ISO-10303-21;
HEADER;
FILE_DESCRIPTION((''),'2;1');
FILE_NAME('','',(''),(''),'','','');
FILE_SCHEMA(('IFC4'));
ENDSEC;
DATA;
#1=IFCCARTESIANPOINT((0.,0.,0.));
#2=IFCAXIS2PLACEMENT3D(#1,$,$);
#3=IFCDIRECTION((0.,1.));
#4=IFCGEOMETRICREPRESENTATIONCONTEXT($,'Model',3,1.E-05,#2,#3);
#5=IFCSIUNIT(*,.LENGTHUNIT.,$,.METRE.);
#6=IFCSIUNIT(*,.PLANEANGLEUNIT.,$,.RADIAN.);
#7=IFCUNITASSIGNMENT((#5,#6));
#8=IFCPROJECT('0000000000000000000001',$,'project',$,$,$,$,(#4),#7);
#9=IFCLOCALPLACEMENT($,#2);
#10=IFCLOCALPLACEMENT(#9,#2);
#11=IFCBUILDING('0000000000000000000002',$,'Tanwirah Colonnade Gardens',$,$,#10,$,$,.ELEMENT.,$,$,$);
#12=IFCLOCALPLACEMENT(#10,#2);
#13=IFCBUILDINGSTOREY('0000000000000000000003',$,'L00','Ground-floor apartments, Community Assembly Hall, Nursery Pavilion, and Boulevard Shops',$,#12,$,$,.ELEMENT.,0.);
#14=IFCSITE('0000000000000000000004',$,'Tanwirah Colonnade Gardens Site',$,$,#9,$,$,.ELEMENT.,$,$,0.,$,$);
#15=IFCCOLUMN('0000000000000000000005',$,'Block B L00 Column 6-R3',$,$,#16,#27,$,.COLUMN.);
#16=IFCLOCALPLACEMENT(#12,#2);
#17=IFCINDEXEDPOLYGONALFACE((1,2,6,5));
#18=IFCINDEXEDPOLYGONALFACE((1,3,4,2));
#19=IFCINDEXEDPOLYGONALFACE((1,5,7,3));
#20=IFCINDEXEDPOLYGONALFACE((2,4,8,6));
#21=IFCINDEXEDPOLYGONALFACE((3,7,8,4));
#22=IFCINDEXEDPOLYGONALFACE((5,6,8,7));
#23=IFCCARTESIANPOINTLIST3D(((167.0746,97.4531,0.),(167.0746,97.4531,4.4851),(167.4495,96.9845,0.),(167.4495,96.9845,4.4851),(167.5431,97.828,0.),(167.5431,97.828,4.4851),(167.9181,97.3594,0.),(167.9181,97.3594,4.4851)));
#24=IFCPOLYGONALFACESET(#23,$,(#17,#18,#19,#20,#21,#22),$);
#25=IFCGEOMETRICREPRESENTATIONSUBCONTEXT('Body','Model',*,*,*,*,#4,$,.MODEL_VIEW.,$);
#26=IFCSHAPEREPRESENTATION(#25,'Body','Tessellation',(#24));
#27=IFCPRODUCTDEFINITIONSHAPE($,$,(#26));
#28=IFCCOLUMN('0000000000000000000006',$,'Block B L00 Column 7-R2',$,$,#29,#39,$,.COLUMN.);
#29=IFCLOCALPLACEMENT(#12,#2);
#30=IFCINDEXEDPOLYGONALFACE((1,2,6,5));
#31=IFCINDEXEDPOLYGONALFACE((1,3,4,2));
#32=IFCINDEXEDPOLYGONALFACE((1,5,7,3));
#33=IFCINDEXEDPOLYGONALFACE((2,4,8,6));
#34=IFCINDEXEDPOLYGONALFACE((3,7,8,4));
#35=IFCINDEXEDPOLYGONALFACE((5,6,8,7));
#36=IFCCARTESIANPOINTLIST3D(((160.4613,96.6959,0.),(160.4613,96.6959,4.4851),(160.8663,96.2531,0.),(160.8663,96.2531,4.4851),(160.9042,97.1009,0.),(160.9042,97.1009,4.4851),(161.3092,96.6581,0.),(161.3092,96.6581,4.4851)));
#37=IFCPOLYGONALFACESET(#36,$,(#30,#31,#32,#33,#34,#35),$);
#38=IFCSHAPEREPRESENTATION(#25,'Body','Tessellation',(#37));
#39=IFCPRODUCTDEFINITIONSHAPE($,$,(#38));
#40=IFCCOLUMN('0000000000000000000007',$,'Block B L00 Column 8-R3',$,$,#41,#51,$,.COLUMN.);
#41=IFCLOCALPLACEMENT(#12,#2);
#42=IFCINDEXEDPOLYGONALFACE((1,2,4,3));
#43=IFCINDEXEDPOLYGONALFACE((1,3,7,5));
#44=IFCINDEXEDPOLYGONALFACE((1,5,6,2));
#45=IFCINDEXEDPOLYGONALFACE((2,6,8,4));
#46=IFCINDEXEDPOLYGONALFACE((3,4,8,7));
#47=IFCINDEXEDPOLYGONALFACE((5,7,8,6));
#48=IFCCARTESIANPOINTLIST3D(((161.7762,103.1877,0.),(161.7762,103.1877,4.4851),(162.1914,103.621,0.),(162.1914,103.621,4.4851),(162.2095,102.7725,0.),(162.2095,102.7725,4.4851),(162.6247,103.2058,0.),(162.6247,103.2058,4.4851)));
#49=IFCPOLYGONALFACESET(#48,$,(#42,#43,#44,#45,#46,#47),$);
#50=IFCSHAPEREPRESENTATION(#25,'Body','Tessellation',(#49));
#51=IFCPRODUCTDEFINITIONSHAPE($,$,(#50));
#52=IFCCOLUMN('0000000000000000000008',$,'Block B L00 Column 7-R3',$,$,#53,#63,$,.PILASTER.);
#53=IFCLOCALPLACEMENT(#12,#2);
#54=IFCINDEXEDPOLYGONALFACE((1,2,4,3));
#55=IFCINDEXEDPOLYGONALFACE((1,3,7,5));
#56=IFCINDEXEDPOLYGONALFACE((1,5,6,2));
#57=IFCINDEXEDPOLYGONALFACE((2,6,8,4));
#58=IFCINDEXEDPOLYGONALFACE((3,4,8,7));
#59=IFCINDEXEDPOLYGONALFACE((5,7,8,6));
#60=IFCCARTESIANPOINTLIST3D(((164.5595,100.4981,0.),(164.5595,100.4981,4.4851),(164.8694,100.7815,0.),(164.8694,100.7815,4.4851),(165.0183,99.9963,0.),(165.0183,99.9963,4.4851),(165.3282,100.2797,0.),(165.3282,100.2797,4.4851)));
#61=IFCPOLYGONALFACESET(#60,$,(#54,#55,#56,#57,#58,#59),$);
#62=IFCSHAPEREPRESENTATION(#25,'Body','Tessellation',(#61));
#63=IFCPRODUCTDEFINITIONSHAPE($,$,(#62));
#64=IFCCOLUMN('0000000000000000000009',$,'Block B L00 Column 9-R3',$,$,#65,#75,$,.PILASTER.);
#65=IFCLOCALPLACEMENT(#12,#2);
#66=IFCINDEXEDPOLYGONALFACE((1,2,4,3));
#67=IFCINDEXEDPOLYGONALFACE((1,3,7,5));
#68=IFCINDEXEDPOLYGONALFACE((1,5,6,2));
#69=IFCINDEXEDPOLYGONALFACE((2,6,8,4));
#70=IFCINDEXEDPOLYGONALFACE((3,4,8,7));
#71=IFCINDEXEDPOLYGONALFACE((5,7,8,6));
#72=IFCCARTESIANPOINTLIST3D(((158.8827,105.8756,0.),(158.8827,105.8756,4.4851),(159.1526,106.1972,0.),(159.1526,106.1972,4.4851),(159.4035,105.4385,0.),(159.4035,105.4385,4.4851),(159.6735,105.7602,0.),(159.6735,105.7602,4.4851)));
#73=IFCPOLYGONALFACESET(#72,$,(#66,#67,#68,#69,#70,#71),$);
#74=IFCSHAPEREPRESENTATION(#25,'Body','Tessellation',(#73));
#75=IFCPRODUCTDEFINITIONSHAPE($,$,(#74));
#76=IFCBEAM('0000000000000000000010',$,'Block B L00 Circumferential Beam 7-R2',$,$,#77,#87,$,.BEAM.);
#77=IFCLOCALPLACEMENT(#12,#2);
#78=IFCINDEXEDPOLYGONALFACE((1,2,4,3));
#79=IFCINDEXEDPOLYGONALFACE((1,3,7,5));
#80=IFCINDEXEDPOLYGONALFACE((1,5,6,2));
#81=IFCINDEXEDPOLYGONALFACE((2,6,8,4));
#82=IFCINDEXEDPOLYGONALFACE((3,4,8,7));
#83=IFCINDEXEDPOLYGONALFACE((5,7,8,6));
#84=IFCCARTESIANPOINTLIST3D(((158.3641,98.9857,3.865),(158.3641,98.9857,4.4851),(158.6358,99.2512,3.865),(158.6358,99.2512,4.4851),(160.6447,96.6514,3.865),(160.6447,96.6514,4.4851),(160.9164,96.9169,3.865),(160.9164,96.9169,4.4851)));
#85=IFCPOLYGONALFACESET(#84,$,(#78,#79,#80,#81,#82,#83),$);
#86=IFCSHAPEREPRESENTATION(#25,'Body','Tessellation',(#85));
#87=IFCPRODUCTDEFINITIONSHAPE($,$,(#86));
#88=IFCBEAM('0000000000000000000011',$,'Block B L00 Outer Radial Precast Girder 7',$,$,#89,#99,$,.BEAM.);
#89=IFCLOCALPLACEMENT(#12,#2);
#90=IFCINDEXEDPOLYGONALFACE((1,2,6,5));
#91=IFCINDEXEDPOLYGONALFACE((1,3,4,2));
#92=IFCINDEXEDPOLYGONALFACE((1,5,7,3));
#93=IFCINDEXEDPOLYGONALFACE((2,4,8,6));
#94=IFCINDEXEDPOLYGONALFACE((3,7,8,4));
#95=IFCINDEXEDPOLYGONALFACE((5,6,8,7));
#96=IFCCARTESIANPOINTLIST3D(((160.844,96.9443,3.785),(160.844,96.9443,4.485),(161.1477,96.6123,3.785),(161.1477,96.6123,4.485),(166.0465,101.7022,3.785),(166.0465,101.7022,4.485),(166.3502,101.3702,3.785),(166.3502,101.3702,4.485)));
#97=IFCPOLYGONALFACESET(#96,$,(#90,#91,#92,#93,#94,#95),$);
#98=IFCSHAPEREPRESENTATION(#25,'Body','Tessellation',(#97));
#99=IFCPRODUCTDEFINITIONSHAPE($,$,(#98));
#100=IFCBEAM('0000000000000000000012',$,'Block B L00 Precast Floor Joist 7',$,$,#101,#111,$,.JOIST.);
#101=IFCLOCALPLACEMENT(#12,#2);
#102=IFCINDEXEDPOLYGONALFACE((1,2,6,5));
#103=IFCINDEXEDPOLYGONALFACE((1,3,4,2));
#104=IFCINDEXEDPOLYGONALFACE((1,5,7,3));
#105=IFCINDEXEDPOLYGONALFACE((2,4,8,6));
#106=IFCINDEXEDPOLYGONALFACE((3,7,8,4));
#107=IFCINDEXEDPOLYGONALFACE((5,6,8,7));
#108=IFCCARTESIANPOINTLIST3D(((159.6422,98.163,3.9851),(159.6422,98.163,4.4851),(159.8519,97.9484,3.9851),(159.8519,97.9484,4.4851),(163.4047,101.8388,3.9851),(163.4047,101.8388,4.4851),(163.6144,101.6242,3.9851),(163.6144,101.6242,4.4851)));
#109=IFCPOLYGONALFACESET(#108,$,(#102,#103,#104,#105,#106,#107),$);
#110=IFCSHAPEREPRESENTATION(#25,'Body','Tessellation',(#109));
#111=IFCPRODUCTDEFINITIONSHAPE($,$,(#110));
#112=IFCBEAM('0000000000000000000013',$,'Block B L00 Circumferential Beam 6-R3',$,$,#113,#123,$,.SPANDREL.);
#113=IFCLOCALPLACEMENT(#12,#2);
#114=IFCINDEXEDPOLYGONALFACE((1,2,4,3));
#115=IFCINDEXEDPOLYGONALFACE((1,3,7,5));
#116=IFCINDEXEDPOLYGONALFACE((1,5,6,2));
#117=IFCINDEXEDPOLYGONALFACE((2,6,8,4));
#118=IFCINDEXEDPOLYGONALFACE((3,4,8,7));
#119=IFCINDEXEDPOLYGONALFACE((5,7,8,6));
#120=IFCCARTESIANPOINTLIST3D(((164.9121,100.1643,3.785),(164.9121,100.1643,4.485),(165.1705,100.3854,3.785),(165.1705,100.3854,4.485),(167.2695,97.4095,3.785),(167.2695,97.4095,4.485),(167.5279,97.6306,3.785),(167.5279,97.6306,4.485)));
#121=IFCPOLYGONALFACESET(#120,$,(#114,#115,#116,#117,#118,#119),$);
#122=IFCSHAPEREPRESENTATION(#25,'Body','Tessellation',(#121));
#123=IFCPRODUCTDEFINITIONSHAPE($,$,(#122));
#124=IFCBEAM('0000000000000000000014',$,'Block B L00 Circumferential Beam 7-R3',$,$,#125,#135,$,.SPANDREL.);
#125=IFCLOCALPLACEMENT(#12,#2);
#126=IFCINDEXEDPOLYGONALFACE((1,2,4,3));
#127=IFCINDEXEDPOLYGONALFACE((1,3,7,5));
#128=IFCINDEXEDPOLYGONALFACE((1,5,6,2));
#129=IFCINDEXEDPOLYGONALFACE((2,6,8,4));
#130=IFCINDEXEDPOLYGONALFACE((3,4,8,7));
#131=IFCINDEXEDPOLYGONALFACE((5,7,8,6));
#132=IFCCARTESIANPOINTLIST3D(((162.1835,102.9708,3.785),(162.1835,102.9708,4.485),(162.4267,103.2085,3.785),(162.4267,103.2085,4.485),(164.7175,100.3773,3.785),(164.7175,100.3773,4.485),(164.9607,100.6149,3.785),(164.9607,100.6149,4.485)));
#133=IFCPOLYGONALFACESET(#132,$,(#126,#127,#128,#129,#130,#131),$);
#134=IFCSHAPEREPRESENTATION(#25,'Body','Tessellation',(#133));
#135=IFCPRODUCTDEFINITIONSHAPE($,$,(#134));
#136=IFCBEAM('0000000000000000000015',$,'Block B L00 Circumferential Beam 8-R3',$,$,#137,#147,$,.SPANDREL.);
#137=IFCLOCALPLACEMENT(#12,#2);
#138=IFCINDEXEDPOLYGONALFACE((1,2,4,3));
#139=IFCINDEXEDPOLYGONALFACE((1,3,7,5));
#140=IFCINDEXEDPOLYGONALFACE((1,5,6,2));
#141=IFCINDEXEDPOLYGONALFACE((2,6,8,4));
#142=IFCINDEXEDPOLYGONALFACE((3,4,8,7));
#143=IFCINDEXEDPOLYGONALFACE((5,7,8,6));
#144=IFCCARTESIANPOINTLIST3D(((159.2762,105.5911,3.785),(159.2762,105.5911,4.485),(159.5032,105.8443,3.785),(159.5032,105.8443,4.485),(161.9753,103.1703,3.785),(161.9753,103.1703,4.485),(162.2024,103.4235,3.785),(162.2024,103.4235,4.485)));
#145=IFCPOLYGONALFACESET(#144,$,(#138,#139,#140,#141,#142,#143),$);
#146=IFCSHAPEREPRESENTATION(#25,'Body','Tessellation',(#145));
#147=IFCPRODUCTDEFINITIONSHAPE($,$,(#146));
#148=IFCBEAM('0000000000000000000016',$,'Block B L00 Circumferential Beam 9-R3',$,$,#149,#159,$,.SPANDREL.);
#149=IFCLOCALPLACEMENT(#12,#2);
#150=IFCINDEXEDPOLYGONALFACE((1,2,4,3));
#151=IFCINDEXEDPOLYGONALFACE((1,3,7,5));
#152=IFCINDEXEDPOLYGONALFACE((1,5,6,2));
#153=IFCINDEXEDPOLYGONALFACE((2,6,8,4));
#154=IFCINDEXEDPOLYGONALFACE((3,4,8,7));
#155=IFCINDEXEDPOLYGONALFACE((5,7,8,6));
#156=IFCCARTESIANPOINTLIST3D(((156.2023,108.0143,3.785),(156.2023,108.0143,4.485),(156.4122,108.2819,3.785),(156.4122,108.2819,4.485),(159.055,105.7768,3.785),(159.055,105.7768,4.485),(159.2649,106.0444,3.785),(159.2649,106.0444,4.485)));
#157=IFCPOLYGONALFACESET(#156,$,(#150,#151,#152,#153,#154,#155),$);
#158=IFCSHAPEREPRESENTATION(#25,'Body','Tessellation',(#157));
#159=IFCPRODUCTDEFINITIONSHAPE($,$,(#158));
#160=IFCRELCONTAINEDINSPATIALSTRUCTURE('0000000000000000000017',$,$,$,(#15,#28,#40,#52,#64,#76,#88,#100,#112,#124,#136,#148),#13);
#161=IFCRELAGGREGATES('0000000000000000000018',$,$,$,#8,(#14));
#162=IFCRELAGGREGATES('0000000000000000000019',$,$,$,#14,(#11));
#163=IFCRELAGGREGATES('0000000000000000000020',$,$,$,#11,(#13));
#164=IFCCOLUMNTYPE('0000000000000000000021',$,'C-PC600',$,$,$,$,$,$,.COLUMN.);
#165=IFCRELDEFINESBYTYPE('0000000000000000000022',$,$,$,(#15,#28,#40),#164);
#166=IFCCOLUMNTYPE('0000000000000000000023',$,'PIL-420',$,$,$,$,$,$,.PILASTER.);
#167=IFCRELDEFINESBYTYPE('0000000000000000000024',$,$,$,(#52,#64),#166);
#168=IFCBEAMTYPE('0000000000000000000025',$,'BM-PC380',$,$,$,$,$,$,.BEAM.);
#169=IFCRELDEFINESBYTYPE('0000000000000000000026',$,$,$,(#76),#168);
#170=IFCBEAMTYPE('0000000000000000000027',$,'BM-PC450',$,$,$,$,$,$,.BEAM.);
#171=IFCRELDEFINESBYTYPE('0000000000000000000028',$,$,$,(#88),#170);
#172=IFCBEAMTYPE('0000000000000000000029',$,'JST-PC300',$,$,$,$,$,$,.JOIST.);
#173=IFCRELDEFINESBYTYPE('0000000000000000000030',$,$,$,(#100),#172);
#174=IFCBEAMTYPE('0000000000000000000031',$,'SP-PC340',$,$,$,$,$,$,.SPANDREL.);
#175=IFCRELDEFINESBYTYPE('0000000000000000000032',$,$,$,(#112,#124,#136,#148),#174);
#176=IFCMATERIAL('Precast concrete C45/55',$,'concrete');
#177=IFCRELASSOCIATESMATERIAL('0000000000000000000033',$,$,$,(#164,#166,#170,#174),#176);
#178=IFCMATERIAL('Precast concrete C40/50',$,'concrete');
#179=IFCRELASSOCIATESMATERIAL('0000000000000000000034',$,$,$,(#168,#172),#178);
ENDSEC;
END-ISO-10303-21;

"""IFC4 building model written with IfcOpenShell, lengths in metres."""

from ifc_helpers import new_model, si_unit, direction, frame, origin, origin_2d, place, context, subcontext, project, spatial, rectangle, extrude, material, material_profile, profile_set, type_object, element, save


model = new_model("IFC4")

# Units and contexts
model_context = context("Model", 3, precision=1e-05, world=origin(), true_north=direction((0.0, 1.0)))
body_context = subcontext(model_context, "Body", "Model", "MODEL_VIEW")
ifc_project = project(units=[si_unit("LENGTHUNIT", "METRE"), si_unit("PLANEANGLEUNIT", "RADIAN")], contexts=[model_context])

# Site, building, storey
site_placement = place(None, origin())
site = spatial("IfcSite", under=ifc_project, at=site_placement, Name="Tanwirah Colonnade Gardens Site", CompositionType="ELEMENT", RefElevation=0.0)
building_placement = place(site_placement, origin())
building = spatial("IfcBuilding", under=site, at=building_placement, Name="Tanwirah Colonnade Gardens", CompositionType="ELEMENT")
storey_placement = place(building_placement, origin())
storey = spatial("IfcBuildingStorey", under=building, at=storey_placement, Name="L00", Description="Ground-floor apartments, Community Assembly Hall, Nursery Pavilion, and Boulevard Shops", CompositionType="ELEMENT", Elevation=0.0)

# Columns
ifc_material_1 = material(Name="Precast concrete C45/55", Category="concrete")
ifc_material_profile_1 = material_profile(ifc_material_1, rectangle(XDim=0.6001, YDim=0.6001, at=origin_2d()), Name="PC-COL 600x600")
ifc_profile_set_1 = profile_set([ifc_material_profile_1], Name="Precast concrete C45/55")
column_type_1 = type_object("IfcColumnType", Name="C-PC600", PredefinedType="COLUMN", material=ifc_profile_set_1)
for number, where, z_axis, x_axis, name in (
    (1, (167.4963, 97.4062, 0.0), (0.0, 0.0, 1.0), (0.780794, 0.624789, 0.0), "Block B L00 Column 6-R3"),
    (2, (160.8853, 96.677, 0.0), (0.0, 0.0, 1.0), (0.737932, 0.674875, 0.0), "Block B L00 Column 7-R2"),
    (3, (162.2004, 103.1968, 0.0), (0.0, 0.0, 1.0), (0.691863, 0.722029, 0.0), "Block B L00 Column 8-R3"),
):
    element("IfcColumn", number, at=place(storey_placement, frame(where, z_axis=z_axis, x_axis=x_axis)), inside=storey, type_object=column_type_1, Name=name, PredefinedType="COLUMN", context=body_context, shape_type="SweptSolid", body=[
        extrude(rectangle(XDim=0.6001, YDim=0.6001, at=origin_2d()), origin(), (0.0, 0.0, 1.0), 4.4851),
    ])
ifc_material_profile_2 = material_profile(ifc_material_1, rectangle(XDim=0.4199, YDim=0.6799, at=origin_2d()), Name="PC-PIL 420x680")
ifc_profile_set_2 = profile_set([ifc_material_profile_2], Name="Precast concrete C45/55")
column_type_2 = type_object("IfcColumnType", Name="PIL-420", PredefinedType="PILASTER", material=ifc_profile_set_2)
for number, where, z_axis, x_axis, name in (
    (4, (164.9438, 100.3889, 0.0), (0.0, 0.0, 1.0), (0.737932, 0.674875, 0.0), "Block B L00 Column 7-R3"),
    (5, (159.2781, 105.8179, 0.0), (0.0, 0.0, 1.0), (0.642788, 0.766044, 0.0), "Block B L00 Column 9-R3"),
):
    element("IfcColumn", number, at=place(storey_placement, frame(where, z_axis=z_axis, x_axis=x_axis)), inside=storey, type_object=column_type_2, Name=name, PredefinedType="PILASTER", context=body_context, shape_type="SweptSolid", body=[
        extrude(rectangle(XDim=0.4199, YDim=0.6799, at=origin_2d()), origin(), (0.0, 0.0, 1.0), 4.4851),
    ])

# Beams
ifc_material_2 = material(Name="Precast concrete C40/50", Category="concrete")
ifc_material_profile_3 = material_profile(ifc_material_2, rectangle(XDim=0.3799, YDim=0.6201, at=origin_2d()), Name="PC-BM 380x620")
ifc_profile_set_3 = profile_set([ifc_material_profile_3], Name="Precast concrete C40/50")
beam_type_1 = type_object("IfcBeamType", Name="BM-PC380", PredefinedType="BEAM", material=ifc_profile_set_3)
beam_1_placement = place(storey_placement, frame((160.7805, 96.7842, 4.175), z_axis=(-0.698829, 0.715288, 0.0), x_axis=(-0.715288, -0.698829, 0.0)))
element("IfcBeam", 6, at=beam_1_placement, inside=storey, type_object=beam_type_1, Name="Block B L00 Circumferential Beam 7-R2", PredefinedType="BEAM", context=body_context, shape_type="SweptSolid", body=[
    extrude(rectangle(XDim=0.3799, YDim=0.6201, at=origin_2d()), origin(), (0.0, 0.0, 1.0), 3.2634),
])
ifc_material_profile_4 = material_profile(ifc_material_1, rectangle(XDim=0.45, YDim=0.7, at=origin_2d()), Name="PC-BM 450x700")
ifc_profile_set_4 = profile_set([ifc_material_profile_4], Name="Precast concrete C45/55")
beam_type_2 = type_object("IfcBeamType", Name="BM-PC450", PredefinedType="BEAM", material=ifc_profile_set_4)
beam_2_placement = place(storey_placement, frame((160.9958, 96.7783, 4.135), z_axis=(0.737934, 0.674873, 0.0), x_axis=(-0.674873, 0.737934, 0.0)))
element("IfcBeam", 7, at=beam_2_placement, inside=storey, type_object=beam_type_2, Name="Block B L00 Outer Radial Precast Girder 7", PredefinedType="BEAM", context=body_context, shape_type="SweptSolid", body=[
    extrude(rectangle(XDim=0.45, YDim=0.7, at=origin_2d()), origin(), (0.0, 0.0, 1.0), 7.05),
])
ifc_material_profile_5 = material_profile(ifc_material_2, rectangle(XDim=0.3, YDim=0.5, at=origin_2d()), Name="PC-JST 300x500")
ifc_profile_set_5 = profile_set([ifc_material_profile_5], Name="Precast concrete C40/50")
beam_type_3 = type_object("IfcBeamType", Name="JST-PC300", PredefinedType="JOIST", material=ifc_profile_set_5)
beam_3_placement = place(storey_placement, frame((159.7471, 98.0557, 4.2351), z_axis=(0.715297, 0.69882, 0.0), x_axis=(-0.69882, 0.715297, 0.0)))
element("IfcBeam", 8, at=beam_3_placement, inside=storey, type_object=beam_type_3, Name="Block B L00 Precast Floor Joist 7", PredefinedType="JOIST", context=body_context, shape_type="SweptSolid", body=[
    extrude(rectangle(XDim=0.3, YDim=0.5, at=origin_2d()), origin(), (0.0, 0.0, 1.0), 5.26),
])
ifc_material_profile_6 = material_profile(ifc_material_1, rectangle(XDim=0.3401, YDim=0.7, at=origin_2d()), Name="PC-SP 340x700")
ifc_profile_set_6 = profile_set([ifc_material_profile_6], Name="Precast concrete C45/55")
beam_type_4 = type_object("IfcBeamType", Name="SP-PC340", PredefinedType="SPANDREL", material=ifc_profile_set_6)
beam_4_placement = place(storey_placement, frame((167.3987, 97.52, 4.135), z_axis=(-0.65017, 0.759789, 0.0), x_axis=(-0.759789, -0.65017, 0.0)))
element("IfcBeam", 9, at=beam_4_placement, inside=storey, type_object=beam_type_4, Name="Block B L00 Circumferential Beam 6-R3", PredefinedType="SPANDREL", context=body_context, shape_type="SweptSolid", body=[
    extrude(rectangle(XDim=0.3401, YDim=0.7, at=origin_2d()), origin(), (0.0, 0.0, 1.0), 3.6257),
])
beam_5_placement = place(storey_placement, frame((164.8391, 100.4961, 4.135), z_axis=(-0.698844, 0.715274, 0.0), x_axis=(-0.715274, -0.698844, 0.0)))
element("IfcBeam", 10, at=beam_5_placement, inside=storey, type_object=beam_type_4, Name="Block B L00 Circumferential Beam 7-R3", PredefinedType="SPANDREL", context=body_context, shape_type="SweptSolid", body=[
    extrude(rectangle(XDim=0.3401, YDim=0.7, at=origin_2d()), origin(), (0.0, 0.0, 1.0), 3.626),
])
beam_6_placement = place(storey_placement, frame((162.0889, 103.2969, 4.135), z_axis=(-0.744445, 0.667684, 0.0), x_axis=(-0.667684, -0.744445, 0.0)))
element("IfcBeam", 11, at=beam_6_placement, inside=storey, type_object=beam_type_4, Name="Block B L00 Circumferential Beam 8-R3", PredefinedType="SPANDREL", context=body_context, shape_type="SweptSolid", body=[
    extrude(rectangle(XDim=0.3401, YDim=0.7, at=origin_2d()), origin(), (0.0, 0.0, 1.0), 3.6257),
])
beam_7_placement = place(storey_placement, frame((159.1599, 105.9106, 4.135), z_axis=(-0.786844, 0.617152, 0.0), x_axis=(-0.617152, -0.786844, 0.0)))
element("IfcBeam", 12, at=beam_7_placement, inside=storey, type_object=beam_type_4, Name="Block B L00 Circumferential Beam 9-R3", PredefinedType="SPANDREL", context=body_context, shape_type="SweptSolid", body=[
    extrude(rectangle(XDim=0.3401, YDim=0.7, at=origin_2d()), origin(), (0.0, 0.0, 1.0), 3.6255),
])

save(model, "model.ifc")
